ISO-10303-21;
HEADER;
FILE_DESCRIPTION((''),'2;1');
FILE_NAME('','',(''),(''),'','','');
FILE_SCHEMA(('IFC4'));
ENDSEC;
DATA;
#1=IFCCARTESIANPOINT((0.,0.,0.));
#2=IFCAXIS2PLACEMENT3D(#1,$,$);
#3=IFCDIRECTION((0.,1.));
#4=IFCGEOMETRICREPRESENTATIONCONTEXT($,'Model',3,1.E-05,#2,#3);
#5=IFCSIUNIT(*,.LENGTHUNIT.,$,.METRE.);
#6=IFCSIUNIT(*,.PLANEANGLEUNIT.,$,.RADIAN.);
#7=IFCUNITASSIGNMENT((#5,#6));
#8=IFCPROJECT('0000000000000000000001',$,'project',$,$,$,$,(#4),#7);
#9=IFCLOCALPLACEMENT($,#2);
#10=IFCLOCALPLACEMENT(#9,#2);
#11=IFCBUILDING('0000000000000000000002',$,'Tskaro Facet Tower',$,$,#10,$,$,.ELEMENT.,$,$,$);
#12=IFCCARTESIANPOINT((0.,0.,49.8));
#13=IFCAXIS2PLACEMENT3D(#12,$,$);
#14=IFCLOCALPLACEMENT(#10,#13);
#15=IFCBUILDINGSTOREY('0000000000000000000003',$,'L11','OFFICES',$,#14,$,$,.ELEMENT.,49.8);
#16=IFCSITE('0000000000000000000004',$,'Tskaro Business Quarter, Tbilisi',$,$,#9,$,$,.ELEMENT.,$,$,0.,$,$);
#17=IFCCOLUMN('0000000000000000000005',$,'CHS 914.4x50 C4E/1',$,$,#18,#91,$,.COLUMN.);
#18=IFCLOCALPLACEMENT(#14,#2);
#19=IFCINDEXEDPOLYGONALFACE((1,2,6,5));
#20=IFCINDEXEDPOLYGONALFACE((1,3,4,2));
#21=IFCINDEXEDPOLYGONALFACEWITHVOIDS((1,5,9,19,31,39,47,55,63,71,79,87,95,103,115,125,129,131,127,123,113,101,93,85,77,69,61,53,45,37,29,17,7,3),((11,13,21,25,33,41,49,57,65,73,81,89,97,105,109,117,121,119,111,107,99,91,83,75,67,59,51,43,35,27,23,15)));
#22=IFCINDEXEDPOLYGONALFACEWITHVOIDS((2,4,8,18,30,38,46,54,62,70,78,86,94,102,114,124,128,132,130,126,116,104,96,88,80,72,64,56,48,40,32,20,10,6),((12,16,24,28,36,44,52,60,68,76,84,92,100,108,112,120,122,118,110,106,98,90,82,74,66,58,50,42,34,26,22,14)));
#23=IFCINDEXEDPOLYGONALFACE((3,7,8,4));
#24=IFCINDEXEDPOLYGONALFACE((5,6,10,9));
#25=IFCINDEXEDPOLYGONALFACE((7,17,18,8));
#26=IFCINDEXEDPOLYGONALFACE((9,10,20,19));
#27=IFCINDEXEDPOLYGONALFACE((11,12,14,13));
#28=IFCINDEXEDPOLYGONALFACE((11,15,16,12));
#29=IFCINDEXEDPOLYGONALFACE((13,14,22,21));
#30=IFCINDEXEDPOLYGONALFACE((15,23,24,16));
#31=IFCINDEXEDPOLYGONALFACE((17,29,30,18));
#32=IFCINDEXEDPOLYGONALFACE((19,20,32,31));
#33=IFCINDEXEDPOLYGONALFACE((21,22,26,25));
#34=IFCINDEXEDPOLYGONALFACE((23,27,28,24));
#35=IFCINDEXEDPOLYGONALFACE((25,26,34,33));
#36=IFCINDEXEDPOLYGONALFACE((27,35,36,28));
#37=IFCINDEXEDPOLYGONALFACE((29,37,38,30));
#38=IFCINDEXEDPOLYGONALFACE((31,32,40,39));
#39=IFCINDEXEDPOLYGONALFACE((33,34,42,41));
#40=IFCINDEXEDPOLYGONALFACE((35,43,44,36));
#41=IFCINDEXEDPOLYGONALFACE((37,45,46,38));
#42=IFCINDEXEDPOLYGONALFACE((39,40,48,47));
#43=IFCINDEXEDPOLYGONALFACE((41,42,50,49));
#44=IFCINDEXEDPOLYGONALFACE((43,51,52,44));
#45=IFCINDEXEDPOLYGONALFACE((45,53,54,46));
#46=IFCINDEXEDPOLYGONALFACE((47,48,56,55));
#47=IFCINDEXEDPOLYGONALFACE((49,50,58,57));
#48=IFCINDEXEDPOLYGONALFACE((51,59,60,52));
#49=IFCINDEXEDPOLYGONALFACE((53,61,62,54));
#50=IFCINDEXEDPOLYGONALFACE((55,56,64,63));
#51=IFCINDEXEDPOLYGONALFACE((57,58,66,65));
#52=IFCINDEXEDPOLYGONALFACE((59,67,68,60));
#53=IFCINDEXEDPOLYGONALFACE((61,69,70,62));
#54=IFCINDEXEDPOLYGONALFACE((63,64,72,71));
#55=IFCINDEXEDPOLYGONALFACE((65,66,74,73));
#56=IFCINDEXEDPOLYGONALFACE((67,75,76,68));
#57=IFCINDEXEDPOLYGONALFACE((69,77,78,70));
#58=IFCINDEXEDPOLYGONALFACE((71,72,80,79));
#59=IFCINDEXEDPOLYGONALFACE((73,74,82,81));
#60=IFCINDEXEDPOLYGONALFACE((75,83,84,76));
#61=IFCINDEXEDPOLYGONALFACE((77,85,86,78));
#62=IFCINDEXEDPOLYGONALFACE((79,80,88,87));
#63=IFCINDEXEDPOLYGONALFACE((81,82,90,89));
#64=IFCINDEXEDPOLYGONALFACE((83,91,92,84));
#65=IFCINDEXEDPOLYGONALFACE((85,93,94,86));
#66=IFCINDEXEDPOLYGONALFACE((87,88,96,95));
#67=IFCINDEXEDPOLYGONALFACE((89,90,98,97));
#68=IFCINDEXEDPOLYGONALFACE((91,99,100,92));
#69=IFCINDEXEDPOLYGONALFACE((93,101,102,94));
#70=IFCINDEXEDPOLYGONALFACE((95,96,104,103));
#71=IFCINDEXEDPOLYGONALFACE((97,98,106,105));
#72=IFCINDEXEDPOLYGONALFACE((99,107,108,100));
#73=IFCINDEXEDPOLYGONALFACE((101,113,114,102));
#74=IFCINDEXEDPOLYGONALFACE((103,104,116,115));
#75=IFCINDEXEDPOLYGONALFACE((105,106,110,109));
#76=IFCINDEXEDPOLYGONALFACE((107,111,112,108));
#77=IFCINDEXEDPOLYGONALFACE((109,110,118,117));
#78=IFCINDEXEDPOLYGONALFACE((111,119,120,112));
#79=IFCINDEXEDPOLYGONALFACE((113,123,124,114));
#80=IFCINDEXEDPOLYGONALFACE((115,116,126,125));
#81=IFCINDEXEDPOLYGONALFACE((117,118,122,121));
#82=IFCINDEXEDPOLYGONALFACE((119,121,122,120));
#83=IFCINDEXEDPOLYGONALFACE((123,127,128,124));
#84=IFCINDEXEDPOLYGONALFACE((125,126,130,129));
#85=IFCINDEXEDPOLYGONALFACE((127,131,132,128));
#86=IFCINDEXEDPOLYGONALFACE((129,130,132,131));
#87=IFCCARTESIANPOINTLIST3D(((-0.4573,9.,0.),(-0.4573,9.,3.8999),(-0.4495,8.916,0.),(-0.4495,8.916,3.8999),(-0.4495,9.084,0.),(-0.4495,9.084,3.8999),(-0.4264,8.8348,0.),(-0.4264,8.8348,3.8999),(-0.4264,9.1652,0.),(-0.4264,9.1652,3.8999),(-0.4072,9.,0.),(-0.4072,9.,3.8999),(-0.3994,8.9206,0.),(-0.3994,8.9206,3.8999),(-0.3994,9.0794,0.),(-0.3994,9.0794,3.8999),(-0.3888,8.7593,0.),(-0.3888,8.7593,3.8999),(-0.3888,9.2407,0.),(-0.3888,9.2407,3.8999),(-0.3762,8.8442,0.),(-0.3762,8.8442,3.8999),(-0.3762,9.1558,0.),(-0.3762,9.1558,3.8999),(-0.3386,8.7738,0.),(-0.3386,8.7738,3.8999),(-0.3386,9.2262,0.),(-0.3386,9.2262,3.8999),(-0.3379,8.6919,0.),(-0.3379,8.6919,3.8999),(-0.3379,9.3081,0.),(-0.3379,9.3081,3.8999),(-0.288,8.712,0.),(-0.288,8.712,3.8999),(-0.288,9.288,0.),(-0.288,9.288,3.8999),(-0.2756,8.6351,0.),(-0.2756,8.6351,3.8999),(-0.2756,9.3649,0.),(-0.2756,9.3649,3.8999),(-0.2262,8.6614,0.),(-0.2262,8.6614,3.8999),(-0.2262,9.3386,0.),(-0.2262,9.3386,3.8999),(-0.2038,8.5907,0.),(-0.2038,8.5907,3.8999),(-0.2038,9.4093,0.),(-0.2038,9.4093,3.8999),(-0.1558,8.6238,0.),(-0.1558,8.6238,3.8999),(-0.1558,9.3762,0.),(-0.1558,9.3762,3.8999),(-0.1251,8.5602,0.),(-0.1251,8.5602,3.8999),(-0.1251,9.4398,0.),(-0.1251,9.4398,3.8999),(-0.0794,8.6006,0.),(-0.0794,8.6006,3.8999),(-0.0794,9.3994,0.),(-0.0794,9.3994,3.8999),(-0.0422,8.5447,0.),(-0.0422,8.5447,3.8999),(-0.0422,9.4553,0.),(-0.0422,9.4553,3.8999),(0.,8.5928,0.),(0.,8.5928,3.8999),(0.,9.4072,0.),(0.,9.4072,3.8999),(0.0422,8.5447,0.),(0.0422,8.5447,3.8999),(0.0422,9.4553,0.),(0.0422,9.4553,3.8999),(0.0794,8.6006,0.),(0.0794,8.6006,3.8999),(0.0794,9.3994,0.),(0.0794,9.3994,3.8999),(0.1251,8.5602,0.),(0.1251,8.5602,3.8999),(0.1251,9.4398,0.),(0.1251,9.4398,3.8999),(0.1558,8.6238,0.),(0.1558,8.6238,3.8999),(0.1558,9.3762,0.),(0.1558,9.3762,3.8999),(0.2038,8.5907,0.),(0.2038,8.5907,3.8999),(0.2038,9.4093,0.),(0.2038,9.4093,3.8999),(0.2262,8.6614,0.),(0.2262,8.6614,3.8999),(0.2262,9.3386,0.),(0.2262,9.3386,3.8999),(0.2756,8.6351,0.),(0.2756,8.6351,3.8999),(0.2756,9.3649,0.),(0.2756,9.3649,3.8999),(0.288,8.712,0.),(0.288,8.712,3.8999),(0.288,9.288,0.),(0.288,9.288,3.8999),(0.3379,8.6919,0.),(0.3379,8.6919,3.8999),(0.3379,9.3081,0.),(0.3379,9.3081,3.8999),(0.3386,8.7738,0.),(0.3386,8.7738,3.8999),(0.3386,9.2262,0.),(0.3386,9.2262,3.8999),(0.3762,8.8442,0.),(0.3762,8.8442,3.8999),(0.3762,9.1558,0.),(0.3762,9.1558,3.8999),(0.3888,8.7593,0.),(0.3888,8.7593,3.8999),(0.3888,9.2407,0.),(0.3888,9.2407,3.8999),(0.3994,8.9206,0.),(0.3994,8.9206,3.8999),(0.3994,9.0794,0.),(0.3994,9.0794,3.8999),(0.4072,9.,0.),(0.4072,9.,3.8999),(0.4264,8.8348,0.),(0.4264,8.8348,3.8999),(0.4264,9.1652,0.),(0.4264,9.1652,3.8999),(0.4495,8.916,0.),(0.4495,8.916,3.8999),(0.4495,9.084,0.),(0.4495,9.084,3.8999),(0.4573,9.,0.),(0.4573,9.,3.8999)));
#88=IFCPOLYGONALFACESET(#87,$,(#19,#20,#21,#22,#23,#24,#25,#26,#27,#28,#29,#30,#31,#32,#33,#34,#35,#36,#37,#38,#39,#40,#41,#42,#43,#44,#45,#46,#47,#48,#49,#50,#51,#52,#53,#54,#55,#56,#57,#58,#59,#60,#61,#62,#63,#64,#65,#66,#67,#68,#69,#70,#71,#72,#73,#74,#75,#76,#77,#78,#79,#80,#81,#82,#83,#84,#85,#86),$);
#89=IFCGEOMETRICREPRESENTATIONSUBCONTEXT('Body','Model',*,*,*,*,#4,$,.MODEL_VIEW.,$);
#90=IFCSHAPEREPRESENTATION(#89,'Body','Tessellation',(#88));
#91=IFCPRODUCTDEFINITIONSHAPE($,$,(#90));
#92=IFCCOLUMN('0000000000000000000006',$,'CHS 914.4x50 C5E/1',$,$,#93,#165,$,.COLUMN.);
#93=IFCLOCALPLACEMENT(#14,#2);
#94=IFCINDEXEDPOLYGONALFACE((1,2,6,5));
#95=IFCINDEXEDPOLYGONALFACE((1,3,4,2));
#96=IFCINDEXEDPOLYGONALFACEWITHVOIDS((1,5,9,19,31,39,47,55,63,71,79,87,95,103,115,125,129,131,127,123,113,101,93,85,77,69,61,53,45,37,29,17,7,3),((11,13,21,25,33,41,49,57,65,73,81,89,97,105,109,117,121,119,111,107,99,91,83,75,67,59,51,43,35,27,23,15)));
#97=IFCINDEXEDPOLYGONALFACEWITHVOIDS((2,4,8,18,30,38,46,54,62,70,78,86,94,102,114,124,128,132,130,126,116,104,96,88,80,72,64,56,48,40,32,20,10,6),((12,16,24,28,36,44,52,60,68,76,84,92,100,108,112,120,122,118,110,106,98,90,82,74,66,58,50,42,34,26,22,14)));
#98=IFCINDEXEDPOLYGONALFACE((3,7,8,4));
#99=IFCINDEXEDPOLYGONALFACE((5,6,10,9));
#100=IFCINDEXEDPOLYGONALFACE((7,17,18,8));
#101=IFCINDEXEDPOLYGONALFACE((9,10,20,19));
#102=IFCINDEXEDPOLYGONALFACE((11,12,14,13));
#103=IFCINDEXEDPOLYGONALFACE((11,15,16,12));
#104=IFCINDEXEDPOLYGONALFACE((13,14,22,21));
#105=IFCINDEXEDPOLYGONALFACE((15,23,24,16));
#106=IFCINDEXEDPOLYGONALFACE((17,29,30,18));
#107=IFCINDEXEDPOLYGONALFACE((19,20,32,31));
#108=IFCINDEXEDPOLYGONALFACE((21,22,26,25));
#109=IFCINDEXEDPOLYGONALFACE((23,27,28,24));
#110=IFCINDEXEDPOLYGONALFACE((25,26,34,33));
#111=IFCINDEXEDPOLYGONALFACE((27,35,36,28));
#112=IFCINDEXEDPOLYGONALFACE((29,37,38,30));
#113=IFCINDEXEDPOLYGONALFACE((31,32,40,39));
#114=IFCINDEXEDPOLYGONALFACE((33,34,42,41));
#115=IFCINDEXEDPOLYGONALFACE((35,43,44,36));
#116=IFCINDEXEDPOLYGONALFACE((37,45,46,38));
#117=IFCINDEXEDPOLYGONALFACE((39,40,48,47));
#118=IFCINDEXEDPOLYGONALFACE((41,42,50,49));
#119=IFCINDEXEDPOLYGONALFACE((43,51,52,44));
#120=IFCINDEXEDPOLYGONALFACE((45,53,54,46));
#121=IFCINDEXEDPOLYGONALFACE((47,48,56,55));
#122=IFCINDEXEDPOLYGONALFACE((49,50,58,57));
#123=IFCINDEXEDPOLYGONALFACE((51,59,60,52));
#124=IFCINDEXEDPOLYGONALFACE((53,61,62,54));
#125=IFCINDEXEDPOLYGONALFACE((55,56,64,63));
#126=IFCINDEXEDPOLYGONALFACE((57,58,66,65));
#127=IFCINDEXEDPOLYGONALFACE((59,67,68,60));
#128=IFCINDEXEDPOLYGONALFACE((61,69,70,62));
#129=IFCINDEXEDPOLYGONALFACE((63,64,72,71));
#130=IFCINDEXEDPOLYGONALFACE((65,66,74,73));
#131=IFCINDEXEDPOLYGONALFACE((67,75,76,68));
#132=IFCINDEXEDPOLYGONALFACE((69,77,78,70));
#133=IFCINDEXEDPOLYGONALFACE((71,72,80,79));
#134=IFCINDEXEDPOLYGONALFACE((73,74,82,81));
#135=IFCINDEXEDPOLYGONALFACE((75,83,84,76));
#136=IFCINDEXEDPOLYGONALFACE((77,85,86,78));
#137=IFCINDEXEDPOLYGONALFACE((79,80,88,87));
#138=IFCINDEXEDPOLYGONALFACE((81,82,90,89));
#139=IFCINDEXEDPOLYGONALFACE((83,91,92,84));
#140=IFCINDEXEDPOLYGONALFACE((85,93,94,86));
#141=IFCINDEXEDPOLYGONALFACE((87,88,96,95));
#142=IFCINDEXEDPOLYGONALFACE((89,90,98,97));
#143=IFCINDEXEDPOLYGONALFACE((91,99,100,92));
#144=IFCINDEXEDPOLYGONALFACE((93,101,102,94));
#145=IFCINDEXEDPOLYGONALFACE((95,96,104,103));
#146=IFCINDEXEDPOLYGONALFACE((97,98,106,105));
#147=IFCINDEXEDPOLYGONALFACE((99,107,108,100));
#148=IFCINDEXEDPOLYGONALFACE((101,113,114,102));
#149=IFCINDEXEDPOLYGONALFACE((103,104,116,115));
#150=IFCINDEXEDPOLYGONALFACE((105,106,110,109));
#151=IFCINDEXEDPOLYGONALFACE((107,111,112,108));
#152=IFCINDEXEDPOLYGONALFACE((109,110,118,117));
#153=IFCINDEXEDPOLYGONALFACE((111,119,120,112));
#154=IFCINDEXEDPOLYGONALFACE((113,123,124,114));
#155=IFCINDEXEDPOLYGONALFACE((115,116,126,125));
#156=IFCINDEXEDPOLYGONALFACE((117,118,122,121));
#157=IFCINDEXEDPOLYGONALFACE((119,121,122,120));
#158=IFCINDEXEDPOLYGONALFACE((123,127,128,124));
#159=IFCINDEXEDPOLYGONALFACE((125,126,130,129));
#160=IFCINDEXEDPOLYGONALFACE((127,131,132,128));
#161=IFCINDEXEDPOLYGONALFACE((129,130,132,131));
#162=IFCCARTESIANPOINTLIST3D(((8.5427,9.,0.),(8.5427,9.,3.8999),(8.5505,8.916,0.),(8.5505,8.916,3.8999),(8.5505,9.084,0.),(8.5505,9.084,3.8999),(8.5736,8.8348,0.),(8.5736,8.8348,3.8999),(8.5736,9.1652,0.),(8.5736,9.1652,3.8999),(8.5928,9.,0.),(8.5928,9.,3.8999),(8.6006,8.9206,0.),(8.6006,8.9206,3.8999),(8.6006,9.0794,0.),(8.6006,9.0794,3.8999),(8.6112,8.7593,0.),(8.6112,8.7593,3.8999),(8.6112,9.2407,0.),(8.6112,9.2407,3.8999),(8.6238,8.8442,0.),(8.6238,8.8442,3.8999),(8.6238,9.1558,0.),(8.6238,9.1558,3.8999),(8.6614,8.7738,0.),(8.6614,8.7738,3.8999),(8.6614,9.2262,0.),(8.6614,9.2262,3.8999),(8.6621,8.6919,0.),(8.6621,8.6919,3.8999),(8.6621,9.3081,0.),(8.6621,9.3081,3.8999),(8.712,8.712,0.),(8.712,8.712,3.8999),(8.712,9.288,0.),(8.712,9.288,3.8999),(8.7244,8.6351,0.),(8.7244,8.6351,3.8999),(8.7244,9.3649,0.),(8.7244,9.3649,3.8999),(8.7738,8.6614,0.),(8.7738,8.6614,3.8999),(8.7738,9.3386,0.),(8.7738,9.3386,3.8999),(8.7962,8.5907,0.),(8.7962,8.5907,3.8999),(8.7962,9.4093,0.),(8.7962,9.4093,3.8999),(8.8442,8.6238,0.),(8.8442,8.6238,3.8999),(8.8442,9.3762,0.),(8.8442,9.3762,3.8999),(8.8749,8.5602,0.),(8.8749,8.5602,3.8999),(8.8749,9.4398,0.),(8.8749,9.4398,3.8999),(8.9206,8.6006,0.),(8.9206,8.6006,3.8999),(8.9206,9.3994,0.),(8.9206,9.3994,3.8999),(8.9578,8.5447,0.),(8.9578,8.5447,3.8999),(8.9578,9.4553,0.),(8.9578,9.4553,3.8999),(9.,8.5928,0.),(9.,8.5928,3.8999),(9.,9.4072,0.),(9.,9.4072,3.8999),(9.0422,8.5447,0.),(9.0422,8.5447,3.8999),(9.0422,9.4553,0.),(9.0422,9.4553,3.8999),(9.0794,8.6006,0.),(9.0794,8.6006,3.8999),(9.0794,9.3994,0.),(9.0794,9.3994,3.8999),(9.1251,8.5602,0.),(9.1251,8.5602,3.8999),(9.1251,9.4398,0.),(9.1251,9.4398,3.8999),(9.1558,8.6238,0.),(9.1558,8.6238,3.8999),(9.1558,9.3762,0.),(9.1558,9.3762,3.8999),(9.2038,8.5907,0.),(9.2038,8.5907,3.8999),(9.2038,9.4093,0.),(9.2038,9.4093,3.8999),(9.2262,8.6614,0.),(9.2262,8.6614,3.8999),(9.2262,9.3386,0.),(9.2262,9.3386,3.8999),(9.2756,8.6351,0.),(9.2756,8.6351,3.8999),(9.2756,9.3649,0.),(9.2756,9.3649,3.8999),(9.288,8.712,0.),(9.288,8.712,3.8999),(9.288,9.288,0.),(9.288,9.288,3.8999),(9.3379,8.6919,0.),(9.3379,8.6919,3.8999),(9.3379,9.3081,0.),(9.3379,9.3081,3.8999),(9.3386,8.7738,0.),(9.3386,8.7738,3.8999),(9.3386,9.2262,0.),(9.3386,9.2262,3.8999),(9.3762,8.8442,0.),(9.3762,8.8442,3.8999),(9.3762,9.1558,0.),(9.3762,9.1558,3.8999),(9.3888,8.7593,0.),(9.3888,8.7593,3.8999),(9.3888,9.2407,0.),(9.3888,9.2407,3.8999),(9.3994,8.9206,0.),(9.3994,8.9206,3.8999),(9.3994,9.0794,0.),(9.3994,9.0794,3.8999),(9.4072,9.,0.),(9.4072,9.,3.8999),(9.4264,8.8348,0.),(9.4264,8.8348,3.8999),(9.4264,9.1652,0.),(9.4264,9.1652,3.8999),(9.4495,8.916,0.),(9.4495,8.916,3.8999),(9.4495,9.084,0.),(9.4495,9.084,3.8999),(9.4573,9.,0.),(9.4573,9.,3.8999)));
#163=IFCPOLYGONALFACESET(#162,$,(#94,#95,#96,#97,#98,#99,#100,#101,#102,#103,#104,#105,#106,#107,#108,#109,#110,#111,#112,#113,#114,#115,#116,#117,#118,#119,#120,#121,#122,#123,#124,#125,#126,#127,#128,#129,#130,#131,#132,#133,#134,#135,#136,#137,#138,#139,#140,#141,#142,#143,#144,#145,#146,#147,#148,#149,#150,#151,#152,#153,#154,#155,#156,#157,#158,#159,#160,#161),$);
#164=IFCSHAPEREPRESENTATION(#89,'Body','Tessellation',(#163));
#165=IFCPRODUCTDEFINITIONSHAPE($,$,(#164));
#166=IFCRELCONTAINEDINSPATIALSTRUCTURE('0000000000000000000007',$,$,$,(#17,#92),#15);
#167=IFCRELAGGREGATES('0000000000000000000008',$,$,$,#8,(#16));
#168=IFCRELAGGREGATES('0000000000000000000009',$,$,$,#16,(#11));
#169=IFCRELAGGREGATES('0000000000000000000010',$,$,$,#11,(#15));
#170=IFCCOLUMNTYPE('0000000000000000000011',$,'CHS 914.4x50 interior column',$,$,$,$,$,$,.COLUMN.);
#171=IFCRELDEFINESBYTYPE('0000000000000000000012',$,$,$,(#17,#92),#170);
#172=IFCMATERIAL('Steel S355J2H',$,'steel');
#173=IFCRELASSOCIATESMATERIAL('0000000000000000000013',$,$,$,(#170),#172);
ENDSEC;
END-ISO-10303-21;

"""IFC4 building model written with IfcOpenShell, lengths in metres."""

from ifc_helpers import new_model, si_unit, direction, frame, origin, origin_2d, place, context, subcontext, project, spatial, hollow_circle, extrude, material, material_profile, profile_set, type_object, element, save


model = new_model("IFC4")

# Units and contexts
model_context = context("Model", 3, precision=1e-05, world=origin(), true_north=direction((0.0, 1.0)))
body_context = subcontext(model_context, "Body", "Model", "MODEL_VIEW")
ifc_project = project(units=[si_unit("LENGTHUNIT", "METRE"), si_unit("PLANEANGLEUNIT", "RADIAN")], contexts=[model_context])

# Site, building, storey
site_placement = place(None, origin())
site = spatial("IfcSite", under=ifc_project, at=site_placement, Name="Tskaro Business Quarter, Tbilisi", CompositionType="ELEMENT", RefElevation=0.0)
building_placement = place(site_placement, origin())
building = spatial("IfcBuilding", under=site, at=building_placement, Name="Tskaro Facet Tower", CompositionType="ELEMENT")
storey_placement = place(building_placement, frame((0.0, 0.0, 49.8)))
storey = spatial("IfcBuildingStorey", under=building, at=storey_placement, Name="L11", Description="OFFICES", CompositionType="ELEMENT", Elevation=49.8)

# Columns
ifc_material_1 = material(Name="Steel S355J2H", Category="steel")
ifc_material_profile_1 = material_profile(ifc_material_1, hollow_circle(Radius=0.4573, WallThickness=0.05, at=origin_2d()), Name="CHS 914.4x50")
ifc_profile_set_1 = profile_set([ifc_material_profile_1], Name="Steel S355J2H")
column_type = type_object("IfcColumnType", Name="CHS 914.4x50 interior column", PredefinedType="COLUMN", material=ifc_profile_set_1)
for number, where, z_axis, x_axis, name in (
    (1, (0.0, 9.0, 0.0), (0.0, 0.0, 1.0), (1.0, 0.0, 0.0), "CHS 914.4x50 C4E/1"),
    (2, (9.0, 9.0, 0.0), (0.0, 0.0, 1.0), (1.0, 0.0, 0.0), "CHS 914.4x50 C5E/1"),
):
    element("IfcColumn", number, at=place(storey_placement, frame(where, z_axis=z_axis, x_axis=x_axis)), inside=storey, type_object=column_type, Name=name, PredefinedType="COLUMN", context=body_context, shape_type="SweptSolid", body=[
        extrude(hollow_circle(Radius=0.4573, WallThickness=0.05, at=origin_2d()), origin(), (0.0, 0.0, 1.0), 3.8999),
    ])

save(model, "model.ifc")
